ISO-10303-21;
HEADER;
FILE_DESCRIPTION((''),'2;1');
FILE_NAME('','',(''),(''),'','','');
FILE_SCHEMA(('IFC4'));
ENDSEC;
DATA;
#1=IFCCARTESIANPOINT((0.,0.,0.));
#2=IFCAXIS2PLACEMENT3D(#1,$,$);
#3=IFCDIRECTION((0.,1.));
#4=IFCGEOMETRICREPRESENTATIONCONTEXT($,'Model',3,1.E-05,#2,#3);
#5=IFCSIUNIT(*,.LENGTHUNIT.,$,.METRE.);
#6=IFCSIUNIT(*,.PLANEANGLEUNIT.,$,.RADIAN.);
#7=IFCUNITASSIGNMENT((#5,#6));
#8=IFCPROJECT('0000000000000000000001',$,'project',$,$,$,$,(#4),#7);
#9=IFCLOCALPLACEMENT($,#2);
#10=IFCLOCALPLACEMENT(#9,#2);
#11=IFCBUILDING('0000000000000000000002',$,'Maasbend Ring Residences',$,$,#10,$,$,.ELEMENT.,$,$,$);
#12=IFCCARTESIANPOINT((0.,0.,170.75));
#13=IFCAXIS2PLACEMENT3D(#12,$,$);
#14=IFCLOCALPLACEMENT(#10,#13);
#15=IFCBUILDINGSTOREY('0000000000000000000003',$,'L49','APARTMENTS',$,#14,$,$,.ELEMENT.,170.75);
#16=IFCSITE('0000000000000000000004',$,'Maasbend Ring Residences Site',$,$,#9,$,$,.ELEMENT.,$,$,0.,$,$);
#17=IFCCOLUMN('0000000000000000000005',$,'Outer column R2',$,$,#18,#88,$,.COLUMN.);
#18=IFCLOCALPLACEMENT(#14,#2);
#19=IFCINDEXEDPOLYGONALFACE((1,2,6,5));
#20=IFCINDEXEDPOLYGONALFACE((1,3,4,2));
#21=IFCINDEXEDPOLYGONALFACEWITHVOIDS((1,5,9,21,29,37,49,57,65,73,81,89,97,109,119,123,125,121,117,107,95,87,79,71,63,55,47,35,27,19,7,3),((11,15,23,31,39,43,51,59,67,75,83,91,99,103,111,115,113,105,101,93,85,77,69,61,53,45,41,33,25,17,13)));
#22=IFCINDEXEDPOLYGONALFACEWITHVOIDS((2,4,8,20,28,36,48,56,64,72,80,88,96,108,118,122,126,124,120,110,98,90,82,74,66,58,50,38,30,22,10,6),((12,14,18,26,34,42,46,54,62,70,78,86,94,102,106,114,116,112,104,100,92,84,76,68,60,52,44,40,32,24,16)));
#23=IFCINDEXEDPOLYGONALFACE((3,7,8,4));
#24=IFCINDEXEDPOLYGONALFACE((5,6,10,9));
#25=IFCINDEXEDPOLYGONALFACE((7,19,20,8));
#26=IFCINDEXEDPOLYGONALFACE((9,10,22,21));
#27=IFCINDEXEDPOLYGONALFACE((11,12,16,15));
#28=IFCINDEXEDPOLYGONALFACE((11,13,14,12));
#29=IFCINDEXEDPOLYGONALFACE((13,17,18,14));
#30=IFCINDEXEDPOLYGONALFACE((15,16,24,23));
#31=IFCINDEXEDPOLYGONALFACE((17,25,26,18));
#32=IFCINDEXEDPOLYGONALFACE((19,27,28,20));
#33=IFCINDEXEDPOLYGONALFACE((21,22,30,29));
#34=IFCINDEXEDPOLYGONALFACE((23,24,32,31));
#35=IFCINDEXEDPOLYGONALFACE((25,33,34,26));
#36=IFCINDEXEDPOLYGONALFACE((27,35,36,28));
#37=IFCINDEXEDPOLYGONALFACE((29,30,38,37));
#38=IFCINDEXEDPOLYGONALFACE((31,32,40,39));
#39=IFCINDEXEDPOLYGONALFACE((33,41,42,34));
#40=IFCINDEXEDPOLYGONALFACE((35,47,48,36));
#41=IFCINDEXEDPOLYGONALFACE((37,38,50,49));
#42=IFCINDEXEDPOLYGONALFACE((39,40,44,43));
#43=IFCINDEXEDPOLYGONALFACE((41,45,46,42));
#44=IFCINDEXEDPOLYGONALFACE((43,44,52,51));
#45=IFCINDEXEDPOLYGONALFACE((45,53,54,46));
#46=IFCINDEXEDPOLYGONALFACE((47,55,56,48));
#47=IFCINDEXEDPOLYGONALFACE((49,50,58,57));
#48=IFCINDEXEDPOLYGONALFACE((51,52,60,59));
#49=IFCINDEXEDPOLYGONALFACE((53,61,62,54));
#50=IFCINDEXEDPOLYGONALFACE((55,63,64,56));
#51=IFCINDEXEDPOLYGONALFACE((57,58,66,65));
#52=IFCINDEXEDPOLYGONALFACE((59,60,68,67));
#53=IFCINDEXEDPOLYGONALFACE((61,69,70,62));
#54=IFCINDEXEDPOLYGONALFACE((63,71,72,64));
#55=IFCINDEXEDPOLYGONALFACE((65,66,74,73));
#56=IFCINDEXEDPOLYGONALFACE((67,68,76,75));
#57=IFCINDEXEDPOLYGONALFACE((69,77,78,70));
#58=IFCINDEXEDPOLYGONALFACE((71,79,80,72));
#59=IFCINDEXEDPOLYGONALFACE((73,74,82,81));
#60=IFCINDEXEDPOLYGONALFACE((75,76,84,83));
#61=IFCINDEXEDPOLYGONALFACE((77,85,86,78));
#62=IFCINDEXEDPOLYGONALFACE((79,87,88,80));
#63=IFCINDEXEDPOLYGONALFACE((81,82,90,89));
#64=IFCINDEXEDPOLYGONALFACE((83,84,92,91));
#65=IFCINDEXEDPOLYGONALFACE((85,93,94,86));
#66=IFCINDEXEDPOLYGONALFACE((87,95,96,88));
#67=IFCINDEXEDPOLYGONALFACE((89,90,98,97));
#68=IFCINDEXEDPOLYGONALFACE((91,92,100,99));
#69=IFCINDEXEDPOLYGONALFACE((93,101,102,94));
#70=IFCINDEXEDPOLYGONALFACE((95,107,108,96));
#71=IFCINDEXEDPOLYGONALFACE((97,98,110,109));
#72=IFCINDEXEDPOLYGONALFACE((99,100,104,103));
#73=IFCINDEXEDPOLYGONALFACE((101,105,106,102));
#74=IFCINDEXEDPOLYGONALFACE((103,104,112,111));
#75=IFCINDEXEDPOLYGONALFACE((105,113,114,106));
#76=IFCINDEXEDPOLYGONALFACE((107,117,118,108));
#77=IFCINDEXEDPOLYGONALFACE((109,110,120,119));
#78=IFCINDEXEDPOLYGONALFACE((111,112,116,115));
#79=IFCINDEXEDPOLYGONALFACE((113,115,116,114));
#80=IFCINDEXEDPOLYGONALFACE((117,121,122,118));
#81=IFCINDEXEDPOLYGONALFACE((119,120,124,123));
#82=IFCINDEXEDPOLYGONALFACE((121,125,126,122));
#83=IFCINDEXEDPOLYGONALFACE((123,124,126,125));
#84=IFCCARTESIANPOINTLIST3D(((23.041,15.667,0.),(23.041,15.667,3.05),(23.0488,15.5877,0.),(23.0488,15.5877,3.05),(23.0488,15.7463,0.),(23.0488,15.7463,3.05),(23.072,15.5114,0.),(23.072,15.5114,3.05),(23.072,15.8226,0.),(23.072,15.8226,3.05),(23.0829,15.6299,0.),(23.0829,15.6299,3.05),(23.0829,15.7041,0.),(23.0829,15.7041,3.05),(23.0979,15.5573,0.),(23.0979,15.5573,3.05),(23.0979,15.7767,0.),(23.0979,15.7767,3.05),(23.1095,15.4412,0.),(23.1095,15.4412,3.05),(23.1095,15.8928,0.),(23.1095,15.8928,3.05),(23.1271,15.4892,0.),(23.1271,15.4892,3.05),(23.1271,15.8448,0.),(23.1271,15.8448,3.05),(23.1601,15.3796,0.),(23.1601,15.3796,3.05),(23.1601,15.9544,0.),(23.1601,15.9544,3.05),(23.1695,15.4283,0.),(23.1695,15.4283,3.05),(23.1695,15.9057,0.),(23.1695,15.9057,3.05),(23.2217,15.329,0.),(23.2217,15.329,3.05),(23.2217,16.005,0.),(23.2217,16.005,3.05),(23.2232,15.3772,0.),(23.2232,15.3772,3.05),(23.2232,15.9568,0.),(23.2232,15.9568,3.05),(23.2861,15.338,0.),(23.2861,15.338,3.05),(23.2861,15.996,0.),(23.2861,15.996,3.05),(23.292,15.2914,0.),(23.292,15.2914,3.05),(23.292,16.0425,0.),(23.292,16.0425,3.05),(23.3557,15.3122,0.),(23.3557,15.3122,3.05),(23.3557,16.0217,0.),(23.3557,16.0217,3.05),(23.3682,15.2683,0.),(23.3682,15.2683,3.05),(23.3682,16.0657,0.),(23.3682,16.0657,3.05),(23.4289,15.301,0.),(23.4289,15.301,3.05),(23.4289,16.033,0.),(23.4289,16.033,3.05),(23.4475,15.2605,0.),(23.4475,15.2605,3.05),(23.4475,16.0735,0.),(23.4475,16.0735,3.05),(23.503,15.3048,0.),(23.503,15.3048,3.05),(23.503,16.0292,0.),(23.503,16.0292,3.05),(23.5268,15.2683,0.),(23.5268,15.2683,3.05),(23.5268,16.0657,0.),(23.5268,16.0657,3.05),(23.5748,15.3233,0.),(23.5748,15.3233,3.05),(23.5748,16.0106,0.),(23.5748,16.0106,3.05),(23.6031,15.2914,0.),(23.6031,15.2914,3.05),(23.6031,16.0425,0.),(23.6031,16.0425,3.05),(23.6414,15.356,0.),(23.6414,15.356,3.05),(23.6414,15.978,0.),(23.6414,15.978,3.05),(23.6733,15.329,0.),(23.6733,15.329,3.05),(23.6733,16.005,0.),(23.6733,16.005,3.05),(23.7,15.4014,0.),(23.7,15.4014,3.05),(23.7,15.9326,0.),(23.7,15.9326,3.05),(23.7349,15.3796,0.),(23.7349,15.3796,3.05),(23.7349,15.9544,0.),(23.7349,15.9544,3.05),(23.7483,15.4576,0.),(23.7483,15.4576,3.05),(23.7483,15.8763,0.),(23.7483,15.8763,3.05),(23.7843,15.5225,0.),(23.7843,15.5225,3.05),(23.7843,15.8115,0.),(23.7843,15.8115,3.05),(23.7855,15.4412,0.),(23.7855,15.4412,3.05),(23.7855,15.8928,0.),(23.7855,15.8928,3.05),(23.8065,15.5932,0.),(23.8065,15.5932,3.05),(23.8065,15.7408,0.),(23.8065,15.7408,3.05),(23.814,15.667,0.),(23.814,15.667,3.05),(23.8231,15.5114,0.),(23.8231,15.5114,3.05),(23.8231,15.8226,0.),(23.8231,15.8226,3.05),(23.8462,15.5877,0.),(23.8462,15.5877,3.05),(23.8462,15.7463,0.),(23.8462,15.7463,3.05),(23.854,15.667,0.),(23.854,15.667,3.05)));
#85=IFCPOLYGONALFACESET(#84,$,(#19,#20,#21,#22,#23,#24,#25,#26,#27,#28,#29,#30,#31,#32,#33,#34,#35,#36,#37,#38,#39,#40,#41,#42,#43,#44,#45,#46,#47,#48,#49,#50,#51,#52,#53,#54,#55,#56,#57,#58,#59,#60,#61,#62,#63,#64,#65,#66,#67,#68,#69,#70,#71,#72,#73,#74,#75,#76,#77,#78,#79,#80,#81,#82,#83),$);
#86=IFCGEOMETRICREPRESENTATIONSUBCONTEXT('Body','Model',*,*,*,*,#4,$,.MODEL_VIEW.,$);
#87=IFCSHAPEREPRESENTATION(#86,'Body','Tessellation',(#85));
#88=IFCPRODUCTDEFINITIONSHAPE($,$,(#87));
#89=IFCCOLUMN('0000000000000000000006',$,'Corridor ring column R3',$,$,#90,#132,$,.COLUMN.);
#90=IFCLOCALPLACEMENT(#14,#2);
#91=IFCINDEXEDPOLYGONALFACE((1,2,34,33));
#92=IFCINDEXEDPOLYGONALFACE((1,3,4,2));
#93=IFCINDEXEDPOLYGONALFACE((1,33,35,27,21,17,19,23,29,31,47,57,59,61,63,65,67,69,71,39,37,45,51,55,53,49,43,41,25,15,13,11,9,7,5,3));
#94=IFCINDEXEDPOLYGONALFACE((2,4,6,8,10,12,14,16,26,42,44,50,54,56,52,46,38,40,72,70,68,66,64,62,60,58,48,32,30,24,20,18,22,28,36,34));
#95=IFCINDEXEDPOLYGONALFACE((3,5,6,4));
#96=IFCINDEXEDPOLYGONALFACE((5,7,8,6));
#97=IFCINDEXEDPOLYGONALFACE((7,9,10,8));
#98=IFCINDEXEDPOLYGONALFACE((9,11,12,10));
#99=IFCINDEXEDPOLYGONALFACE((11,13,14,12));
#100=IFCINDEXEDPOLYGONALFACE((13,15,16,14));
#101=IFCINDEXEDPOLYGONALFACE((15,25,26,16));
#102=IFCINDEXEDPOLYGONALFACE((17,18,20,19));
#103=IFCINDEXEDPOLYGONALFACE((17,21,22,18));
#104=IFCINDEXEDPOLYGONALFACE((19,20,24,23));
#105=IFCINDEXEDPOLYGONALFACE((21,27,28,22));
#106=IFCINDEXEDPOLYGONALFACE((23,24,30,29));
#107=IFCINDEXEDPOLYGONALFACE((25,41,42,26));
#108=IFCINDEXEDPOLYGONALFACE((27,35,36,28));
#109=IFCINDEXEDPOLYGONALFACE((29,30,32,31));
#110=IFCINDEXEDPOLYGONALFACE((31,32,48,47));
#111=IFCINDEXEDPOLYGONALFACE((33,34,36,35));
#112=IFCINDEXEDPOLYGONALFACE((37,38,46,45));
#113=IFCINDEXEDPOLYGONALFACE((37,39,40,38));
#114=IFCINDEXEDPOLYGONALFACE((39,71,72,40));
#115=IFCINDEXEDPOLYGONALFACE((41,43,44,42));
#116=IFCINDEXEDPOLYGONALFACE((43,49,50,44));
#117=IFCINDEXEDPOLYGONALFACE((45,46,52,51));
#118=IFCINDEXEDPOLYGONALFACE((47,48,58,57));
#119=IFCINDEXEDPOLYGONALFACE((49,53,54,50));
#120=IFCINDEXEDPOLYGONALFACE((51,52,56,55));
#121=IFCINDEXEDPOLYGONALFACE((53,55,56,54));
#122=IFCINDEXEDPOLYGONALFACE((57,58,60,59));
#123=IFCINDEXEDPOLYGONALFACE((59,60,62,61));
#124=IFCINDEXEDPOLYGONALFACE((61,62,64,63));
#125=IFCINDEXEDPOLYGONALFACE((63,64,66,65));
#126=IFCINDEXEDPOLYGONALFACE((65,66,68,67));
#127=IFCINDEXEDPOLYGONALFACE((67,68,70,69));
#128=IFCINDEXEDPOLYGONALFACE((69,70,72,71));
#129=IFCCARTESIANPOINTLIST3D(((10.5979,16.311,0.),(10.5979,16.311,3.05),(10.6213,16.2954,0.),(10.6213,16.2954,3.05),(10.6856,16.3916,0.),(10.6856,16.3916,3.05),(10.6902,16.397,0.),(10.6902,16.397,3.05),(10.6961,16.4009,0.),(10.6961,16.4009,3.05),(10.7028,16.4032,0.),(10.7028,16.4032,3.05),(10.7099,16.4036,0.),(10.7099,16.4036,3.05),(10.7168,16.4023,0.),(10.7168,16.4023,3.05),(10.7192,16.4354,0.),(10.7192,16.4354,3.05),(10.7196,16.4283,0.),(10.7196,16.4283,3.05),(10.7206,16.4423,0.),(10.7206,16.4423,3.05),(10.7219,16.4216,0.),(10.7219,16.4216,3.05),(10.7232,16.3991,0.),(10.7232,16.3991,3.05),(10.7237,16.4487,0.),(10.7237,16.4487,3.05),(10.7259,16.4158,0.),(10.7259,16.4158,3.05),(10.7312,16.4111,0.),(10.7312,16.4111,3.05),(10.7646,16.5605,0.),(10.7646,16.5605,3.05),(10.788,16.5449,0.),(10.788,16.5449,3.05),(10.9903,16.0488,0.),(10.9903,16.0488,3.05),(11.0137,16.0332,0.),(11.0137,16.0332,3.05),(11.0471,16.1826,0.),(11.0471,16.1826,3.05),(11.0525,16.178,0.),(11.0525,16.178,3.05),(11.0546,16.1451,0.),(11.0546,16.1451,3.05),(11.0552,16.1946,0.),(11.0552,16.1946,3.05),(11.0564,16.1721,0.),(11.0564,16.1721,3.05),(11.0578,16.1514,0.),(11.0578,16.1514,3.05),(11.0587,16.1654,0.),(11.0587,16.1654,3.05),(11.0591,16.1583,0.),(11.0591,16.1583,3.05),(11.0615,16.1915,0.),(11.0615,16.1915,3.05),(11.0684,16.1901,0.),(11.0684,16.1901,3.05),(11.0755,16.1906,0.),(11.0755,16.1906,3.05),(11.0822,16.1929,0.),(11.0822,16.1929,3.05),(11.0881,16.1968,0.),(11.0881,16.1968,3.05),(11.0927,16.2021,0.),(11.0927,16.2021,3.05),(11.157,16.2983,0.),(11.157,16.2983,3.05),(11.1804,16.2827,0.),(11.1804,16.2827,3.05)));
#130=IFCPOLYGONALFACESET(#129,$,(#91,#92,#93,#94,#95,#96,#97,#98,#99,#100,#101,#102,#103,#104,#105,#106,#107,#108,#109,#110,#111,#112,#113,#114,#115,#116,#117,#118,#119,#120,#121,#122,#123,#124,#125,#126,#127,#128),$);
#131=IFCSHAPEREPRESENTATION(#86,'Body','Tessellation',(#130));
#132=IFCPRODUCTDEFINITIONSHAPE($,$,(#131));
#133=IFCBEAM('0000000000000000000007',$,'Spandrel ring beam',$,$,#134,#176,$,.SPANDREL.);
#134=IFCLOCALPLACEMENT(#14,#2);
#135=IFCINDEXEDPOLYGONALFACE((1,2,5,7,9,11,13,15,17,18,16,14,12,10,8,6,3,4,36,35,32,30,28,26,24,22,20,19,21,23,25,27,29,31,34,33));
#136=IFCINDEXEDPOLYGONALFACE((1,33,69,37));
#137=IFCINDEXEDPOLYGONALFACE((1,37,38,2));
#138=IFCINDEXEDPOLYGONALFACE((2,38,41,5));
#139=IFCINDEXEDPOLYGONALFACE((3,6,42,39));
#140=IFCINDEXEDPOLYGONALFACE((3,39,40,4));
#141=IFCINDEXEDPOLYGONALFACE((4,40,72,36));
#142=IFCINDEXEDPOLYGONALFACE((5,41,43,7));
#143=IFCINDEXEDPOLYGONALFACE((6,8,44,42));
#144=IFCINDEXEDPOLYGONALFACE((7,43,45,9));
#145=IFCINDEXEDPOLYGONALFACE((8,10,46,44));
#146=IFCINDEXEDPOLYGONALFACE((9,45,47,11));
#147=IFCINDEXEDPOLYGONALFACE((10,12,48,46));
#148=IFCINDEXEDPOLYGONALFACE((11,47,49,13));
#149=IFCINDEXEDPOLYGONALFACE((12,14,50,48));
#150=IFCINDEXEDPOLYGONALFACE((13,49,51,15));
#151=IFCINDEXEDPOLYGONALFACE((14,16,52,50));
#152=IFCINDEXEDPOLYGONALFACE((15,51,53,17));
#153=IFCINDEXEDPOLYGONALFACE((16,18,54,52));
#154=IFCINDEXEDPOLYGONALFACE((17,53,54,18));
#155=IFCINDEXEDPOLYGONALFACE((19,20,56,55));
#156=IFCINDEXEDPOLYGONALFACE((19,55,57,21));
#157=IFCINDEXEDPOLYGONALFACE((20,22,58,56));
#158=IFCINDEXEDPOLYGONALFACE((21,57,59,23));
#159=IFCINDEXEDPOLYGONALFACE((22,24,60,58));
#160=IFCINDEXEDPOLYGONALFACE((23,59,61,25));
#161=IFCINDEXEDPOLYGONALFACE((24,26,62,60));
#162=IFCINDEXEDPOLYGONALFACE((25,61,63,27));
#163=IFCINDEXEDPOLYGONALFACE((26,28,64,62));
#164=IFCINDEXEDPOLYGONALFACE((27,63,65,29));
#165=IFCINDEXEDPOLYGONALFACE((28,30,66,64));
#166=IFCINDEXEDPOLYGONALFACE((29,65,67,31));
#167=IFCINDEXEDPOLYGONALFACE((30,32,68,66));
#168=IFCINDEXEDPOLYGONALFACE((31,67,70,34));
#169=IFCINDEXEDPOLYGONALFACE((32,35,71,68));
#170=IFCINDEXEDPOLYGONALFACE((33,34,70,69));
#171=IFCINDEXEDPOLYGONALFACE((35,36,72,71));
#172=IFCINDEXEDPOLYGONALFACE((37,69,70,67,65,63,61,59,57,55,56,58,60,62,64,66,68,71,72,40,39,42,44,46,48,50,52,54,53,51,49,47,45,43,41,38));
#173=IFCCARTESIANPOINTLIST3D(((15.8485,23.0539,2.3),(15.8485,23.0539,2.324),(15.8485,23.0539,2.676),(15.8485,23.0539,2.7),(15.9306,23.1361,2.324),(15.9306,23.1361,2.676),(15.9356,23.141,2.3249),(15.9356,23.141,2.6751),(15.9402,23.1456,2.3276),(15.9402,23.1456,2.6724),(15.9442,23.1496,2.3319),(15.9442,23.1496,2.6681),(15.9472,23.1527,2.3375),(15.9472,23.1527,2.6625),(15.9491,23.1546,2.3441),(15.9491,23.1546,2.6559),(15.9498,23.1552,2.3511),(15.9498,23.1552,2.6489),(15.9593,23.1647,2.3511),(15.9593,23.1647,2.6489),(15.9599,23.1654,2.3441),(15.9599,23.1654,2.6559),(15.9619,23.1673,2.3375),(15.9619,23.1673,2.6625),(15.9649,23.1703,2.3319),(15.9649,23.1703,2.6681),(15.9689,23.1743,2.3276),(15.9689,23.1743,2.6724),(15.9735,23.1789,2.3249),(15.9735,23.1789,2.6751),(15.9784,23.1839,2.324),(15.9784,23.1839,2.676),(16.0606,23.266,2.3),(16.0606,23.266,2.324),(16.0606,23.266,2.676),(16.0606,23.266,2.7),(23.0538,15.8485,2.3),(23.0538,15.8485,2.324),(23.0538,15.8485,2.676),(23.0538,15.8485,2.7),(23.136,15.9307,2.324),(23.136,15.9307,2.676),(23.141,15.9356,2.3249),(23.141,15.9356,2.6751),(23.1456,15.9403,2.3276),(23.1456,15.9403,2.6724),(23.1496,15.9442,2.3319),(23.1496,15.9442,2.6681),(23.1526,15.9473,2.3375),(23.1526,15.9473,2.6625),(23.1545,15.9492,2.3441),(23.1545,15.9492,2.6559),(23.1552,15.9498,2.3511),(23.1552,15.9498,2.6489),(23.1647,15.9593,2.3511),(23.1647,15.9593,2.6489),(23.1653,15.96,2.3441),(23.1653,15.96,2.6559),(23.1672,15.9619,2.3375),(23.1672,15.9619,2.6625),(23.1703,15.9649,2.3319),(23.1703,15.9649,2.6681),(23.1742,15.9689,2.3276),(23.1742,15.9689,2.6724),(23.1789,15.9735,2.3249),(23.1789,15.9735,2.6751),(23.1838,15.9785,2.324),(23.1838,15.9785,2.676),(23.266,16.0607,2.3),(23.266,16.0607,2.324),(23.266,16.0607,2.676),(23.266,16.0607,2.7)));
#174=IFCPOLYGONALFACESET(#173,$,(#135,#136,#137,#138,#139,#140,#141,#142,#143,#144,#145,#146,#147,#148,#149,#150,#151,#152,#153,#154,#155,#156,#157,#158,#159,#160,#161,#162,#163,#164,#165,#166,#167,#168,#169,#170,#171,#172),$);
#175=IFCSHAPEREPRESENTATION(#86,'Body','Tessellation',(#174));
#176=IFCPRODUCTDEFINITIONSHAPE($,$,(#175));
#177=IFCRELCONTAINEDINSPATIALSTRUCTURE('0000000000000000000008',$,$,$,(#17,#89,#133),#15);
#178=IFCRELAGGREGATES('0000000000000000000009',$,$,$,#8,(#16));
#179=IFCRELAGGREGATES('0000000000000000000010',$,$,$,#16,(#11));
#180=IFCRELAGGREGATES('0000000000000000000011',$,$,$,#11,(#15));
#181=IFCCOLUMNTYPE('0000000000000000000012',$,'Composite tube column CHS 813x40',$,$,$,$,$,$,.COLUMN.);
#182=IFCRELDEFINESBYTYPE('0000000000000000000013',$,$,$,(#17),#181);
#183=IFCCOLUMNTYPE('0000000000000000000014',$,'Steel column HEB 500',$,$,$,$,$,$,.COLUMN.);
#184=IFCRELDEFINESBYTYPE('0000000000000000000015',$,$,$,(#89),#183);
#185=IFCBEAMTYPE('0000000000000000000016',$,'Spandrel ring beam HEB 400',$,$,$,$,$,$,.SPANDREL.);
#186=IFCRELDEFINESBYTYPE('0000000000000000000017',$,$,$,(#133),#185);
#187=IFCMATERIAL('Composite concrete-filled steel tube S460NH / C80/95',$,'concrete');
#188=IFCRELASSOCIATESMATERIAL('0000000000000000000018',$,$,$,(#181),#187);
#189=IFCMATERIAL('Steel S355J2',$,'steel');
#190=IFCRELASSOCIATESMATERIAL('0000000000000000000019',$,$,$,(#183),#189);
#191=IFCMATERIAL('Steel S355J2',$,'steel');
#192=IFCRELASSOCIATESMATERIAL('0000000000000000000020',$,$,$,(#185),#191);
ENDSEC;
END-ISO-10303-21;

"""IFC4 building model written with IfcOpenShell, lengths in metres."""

from ifc_helpers import new_model, si_unit, direction, frame, origin, origin_2d, place, context, subcontext, project, spatial, hollow_circle, i_section, extrude, material, material_profile, profile_set, type_object, element, save


model = new_model("IFC4")

# Units and contexts
model_context = context("Model", 3, precision=1e-05, world=origin(), true_north=direction((0.0, 1.0)))
body_context = subcontext(model_context, "Body", "Model", "MODEL_VIEW")
ifc_project = project(units=[si_unit("LENGTHUNIT", "METRE"), si_unit("PLANEANGLEUNIT", "RADIAN")], contexts=[model_context])

# Site, building, storey
site_placement = place(None, origin())
site = spatial("IfcSite", under=ifc_project, at=site_placement, Name="Maasbend Ring Residences Site", CompositionType="ELEMENT", RefElevation=0.0)
building_placement = place(site_placement, origin())
building = spatial("IfcBuilding", under=site, at=building_placement, Name="Maasbend Ring Residences", CompositionType="ELEMENT")
storey_placement = place(building_placement, frame((0.0, 0.0, 170.75)))
storey = spatial("IfcBuildingStorey", under=building, at=storey_placement, Name="L49", Description="APARTMENTS", CompositionType="ELEMENT", Elevation=170.75)

# Columns
ifc_material_1 = material(Name="Composite concrete-filled steel tube S460NH / C80/95", Category="concrete")
ifc_material_profile_1 = material_profile(ifc_material_1, hollow_circle(Radius=0.4065, WallThickness=0.04, at=origin_2d()), Name="Composite tube column CHS 813x40")
ifc_profile_set_1 = profile_set([ifc_material_profile_1], Name="Composite concrete-filled steel tube S460NH / C80/95")
column_type_1 = type_object("IfcColumnType", Name="Composite tube column CHS 813x40", PredefinedType="COLUMN", material=ifc_profile_set_1)
column_1_placement = place(storey_placement, frame((23.4475, 15.667, 0.0), z_axis=(0.0, 0.0, 1.0), x_axis=(1.0, 0.0, 0.0)))
element("IfcColumn", 1, at=column_1_placement, inside=storey, type_object=column_type_1, Name="Outer column R2", PredefinedType="COLUMN", context=body_context, shape_type="SweptSolid", body=[
    extrude(hollow_circle(Radius=0.4065, WallThickness=0.04, at=origin_2d()), origin(), (0.0, 0.0, 1.0), 3.05),
])
ifc_material_2 = material(Name="Steel S355J2", Category="steel")
ifc_material_profile_2 = material_profile(ifc_material_2, i_section(OverallWidth=0.3, OverallDepth=0.5, WebThickness=0.0144, FlangeThickness=0.0281, FilletRadius=0.0271, at=origin_2d()), Name="HEB 500")
ifc_profile_set_2 = profile_set([ifc_material_profile_2], Name="Steel S355J2")
column_type_2 = type_object("IfcColumnType", Name="Steel column HEB 500", PredefinedType="COLUMN", material=ifc_profile_set_2)
column_2_placement = place(storey_placement, frame((10.8892, 16.2969, 0.0), z_axis=(0.0, 0.0, 1.0), x_axis=(0.55557, 0.83147, 0.0)))
element("IfcColumn", 2, at=column_2_placement, inside=storey, type_object=column_type_2, Name="Corridor ring column R3", PredefinedType="COLUMN", context=body_context, shape_type="SweptSolid", body=[
    extrude(i_section(OverallWidth=0.3, OverallDepth=0.5, WebThickness=0.0144, FlangeThickness=0.0281, FilletRadius=0.0271, at=origin_2d()), origin(), (0.0, 0.0, 1.0), 3.05),
])

# Beam
ifc_material_3 = material(Name="Steel S355J2", Category="steel")
ifc_material_profile_3 = material_profile(ifc_material_3, i_section(OverallWidth=0.3, OverallDepth=0.3999, WebThickness=0.0134, FlangeThickness=0.0239, FilletRadius=0.0271, at=origin_2d()), Name="HEB 400")
ifc_profile_set_3 = profile_set([ifc_material_profile_3], Name="Steel S355J2")
beam_type = type_object("IfcBeamType", Name="Spandrel ring beam HEB 400", PredefinedType="SPANDREL", material=ifc_profile_set_3)
beam_placement = place(storey_placement, frame((23.1599, 15.9546, 2.5), z_axis=(-0.707107, 0.707107, 0.0), x_axis=(-0.707107, -0.707107, 0.0)))
element("IfcBeam", 3, at=beam_placement, inside=storey, type_object=beam_type, Name="Spandrel ring beam", PredefinedType="SPANDREL", context=body_context, shape_type="SweptSolid", body=[
    extrude(i_section(OverallWidth=0.3, OverallDepth=0.3999, WebThickness=0.0134, FlangeThickness=0.0239, FilletRadius=0.0271, at=origin_2d()), origin(), (0.0, 0.0, 1.0), 10.1899),
])

save(model, "model.ifc")
